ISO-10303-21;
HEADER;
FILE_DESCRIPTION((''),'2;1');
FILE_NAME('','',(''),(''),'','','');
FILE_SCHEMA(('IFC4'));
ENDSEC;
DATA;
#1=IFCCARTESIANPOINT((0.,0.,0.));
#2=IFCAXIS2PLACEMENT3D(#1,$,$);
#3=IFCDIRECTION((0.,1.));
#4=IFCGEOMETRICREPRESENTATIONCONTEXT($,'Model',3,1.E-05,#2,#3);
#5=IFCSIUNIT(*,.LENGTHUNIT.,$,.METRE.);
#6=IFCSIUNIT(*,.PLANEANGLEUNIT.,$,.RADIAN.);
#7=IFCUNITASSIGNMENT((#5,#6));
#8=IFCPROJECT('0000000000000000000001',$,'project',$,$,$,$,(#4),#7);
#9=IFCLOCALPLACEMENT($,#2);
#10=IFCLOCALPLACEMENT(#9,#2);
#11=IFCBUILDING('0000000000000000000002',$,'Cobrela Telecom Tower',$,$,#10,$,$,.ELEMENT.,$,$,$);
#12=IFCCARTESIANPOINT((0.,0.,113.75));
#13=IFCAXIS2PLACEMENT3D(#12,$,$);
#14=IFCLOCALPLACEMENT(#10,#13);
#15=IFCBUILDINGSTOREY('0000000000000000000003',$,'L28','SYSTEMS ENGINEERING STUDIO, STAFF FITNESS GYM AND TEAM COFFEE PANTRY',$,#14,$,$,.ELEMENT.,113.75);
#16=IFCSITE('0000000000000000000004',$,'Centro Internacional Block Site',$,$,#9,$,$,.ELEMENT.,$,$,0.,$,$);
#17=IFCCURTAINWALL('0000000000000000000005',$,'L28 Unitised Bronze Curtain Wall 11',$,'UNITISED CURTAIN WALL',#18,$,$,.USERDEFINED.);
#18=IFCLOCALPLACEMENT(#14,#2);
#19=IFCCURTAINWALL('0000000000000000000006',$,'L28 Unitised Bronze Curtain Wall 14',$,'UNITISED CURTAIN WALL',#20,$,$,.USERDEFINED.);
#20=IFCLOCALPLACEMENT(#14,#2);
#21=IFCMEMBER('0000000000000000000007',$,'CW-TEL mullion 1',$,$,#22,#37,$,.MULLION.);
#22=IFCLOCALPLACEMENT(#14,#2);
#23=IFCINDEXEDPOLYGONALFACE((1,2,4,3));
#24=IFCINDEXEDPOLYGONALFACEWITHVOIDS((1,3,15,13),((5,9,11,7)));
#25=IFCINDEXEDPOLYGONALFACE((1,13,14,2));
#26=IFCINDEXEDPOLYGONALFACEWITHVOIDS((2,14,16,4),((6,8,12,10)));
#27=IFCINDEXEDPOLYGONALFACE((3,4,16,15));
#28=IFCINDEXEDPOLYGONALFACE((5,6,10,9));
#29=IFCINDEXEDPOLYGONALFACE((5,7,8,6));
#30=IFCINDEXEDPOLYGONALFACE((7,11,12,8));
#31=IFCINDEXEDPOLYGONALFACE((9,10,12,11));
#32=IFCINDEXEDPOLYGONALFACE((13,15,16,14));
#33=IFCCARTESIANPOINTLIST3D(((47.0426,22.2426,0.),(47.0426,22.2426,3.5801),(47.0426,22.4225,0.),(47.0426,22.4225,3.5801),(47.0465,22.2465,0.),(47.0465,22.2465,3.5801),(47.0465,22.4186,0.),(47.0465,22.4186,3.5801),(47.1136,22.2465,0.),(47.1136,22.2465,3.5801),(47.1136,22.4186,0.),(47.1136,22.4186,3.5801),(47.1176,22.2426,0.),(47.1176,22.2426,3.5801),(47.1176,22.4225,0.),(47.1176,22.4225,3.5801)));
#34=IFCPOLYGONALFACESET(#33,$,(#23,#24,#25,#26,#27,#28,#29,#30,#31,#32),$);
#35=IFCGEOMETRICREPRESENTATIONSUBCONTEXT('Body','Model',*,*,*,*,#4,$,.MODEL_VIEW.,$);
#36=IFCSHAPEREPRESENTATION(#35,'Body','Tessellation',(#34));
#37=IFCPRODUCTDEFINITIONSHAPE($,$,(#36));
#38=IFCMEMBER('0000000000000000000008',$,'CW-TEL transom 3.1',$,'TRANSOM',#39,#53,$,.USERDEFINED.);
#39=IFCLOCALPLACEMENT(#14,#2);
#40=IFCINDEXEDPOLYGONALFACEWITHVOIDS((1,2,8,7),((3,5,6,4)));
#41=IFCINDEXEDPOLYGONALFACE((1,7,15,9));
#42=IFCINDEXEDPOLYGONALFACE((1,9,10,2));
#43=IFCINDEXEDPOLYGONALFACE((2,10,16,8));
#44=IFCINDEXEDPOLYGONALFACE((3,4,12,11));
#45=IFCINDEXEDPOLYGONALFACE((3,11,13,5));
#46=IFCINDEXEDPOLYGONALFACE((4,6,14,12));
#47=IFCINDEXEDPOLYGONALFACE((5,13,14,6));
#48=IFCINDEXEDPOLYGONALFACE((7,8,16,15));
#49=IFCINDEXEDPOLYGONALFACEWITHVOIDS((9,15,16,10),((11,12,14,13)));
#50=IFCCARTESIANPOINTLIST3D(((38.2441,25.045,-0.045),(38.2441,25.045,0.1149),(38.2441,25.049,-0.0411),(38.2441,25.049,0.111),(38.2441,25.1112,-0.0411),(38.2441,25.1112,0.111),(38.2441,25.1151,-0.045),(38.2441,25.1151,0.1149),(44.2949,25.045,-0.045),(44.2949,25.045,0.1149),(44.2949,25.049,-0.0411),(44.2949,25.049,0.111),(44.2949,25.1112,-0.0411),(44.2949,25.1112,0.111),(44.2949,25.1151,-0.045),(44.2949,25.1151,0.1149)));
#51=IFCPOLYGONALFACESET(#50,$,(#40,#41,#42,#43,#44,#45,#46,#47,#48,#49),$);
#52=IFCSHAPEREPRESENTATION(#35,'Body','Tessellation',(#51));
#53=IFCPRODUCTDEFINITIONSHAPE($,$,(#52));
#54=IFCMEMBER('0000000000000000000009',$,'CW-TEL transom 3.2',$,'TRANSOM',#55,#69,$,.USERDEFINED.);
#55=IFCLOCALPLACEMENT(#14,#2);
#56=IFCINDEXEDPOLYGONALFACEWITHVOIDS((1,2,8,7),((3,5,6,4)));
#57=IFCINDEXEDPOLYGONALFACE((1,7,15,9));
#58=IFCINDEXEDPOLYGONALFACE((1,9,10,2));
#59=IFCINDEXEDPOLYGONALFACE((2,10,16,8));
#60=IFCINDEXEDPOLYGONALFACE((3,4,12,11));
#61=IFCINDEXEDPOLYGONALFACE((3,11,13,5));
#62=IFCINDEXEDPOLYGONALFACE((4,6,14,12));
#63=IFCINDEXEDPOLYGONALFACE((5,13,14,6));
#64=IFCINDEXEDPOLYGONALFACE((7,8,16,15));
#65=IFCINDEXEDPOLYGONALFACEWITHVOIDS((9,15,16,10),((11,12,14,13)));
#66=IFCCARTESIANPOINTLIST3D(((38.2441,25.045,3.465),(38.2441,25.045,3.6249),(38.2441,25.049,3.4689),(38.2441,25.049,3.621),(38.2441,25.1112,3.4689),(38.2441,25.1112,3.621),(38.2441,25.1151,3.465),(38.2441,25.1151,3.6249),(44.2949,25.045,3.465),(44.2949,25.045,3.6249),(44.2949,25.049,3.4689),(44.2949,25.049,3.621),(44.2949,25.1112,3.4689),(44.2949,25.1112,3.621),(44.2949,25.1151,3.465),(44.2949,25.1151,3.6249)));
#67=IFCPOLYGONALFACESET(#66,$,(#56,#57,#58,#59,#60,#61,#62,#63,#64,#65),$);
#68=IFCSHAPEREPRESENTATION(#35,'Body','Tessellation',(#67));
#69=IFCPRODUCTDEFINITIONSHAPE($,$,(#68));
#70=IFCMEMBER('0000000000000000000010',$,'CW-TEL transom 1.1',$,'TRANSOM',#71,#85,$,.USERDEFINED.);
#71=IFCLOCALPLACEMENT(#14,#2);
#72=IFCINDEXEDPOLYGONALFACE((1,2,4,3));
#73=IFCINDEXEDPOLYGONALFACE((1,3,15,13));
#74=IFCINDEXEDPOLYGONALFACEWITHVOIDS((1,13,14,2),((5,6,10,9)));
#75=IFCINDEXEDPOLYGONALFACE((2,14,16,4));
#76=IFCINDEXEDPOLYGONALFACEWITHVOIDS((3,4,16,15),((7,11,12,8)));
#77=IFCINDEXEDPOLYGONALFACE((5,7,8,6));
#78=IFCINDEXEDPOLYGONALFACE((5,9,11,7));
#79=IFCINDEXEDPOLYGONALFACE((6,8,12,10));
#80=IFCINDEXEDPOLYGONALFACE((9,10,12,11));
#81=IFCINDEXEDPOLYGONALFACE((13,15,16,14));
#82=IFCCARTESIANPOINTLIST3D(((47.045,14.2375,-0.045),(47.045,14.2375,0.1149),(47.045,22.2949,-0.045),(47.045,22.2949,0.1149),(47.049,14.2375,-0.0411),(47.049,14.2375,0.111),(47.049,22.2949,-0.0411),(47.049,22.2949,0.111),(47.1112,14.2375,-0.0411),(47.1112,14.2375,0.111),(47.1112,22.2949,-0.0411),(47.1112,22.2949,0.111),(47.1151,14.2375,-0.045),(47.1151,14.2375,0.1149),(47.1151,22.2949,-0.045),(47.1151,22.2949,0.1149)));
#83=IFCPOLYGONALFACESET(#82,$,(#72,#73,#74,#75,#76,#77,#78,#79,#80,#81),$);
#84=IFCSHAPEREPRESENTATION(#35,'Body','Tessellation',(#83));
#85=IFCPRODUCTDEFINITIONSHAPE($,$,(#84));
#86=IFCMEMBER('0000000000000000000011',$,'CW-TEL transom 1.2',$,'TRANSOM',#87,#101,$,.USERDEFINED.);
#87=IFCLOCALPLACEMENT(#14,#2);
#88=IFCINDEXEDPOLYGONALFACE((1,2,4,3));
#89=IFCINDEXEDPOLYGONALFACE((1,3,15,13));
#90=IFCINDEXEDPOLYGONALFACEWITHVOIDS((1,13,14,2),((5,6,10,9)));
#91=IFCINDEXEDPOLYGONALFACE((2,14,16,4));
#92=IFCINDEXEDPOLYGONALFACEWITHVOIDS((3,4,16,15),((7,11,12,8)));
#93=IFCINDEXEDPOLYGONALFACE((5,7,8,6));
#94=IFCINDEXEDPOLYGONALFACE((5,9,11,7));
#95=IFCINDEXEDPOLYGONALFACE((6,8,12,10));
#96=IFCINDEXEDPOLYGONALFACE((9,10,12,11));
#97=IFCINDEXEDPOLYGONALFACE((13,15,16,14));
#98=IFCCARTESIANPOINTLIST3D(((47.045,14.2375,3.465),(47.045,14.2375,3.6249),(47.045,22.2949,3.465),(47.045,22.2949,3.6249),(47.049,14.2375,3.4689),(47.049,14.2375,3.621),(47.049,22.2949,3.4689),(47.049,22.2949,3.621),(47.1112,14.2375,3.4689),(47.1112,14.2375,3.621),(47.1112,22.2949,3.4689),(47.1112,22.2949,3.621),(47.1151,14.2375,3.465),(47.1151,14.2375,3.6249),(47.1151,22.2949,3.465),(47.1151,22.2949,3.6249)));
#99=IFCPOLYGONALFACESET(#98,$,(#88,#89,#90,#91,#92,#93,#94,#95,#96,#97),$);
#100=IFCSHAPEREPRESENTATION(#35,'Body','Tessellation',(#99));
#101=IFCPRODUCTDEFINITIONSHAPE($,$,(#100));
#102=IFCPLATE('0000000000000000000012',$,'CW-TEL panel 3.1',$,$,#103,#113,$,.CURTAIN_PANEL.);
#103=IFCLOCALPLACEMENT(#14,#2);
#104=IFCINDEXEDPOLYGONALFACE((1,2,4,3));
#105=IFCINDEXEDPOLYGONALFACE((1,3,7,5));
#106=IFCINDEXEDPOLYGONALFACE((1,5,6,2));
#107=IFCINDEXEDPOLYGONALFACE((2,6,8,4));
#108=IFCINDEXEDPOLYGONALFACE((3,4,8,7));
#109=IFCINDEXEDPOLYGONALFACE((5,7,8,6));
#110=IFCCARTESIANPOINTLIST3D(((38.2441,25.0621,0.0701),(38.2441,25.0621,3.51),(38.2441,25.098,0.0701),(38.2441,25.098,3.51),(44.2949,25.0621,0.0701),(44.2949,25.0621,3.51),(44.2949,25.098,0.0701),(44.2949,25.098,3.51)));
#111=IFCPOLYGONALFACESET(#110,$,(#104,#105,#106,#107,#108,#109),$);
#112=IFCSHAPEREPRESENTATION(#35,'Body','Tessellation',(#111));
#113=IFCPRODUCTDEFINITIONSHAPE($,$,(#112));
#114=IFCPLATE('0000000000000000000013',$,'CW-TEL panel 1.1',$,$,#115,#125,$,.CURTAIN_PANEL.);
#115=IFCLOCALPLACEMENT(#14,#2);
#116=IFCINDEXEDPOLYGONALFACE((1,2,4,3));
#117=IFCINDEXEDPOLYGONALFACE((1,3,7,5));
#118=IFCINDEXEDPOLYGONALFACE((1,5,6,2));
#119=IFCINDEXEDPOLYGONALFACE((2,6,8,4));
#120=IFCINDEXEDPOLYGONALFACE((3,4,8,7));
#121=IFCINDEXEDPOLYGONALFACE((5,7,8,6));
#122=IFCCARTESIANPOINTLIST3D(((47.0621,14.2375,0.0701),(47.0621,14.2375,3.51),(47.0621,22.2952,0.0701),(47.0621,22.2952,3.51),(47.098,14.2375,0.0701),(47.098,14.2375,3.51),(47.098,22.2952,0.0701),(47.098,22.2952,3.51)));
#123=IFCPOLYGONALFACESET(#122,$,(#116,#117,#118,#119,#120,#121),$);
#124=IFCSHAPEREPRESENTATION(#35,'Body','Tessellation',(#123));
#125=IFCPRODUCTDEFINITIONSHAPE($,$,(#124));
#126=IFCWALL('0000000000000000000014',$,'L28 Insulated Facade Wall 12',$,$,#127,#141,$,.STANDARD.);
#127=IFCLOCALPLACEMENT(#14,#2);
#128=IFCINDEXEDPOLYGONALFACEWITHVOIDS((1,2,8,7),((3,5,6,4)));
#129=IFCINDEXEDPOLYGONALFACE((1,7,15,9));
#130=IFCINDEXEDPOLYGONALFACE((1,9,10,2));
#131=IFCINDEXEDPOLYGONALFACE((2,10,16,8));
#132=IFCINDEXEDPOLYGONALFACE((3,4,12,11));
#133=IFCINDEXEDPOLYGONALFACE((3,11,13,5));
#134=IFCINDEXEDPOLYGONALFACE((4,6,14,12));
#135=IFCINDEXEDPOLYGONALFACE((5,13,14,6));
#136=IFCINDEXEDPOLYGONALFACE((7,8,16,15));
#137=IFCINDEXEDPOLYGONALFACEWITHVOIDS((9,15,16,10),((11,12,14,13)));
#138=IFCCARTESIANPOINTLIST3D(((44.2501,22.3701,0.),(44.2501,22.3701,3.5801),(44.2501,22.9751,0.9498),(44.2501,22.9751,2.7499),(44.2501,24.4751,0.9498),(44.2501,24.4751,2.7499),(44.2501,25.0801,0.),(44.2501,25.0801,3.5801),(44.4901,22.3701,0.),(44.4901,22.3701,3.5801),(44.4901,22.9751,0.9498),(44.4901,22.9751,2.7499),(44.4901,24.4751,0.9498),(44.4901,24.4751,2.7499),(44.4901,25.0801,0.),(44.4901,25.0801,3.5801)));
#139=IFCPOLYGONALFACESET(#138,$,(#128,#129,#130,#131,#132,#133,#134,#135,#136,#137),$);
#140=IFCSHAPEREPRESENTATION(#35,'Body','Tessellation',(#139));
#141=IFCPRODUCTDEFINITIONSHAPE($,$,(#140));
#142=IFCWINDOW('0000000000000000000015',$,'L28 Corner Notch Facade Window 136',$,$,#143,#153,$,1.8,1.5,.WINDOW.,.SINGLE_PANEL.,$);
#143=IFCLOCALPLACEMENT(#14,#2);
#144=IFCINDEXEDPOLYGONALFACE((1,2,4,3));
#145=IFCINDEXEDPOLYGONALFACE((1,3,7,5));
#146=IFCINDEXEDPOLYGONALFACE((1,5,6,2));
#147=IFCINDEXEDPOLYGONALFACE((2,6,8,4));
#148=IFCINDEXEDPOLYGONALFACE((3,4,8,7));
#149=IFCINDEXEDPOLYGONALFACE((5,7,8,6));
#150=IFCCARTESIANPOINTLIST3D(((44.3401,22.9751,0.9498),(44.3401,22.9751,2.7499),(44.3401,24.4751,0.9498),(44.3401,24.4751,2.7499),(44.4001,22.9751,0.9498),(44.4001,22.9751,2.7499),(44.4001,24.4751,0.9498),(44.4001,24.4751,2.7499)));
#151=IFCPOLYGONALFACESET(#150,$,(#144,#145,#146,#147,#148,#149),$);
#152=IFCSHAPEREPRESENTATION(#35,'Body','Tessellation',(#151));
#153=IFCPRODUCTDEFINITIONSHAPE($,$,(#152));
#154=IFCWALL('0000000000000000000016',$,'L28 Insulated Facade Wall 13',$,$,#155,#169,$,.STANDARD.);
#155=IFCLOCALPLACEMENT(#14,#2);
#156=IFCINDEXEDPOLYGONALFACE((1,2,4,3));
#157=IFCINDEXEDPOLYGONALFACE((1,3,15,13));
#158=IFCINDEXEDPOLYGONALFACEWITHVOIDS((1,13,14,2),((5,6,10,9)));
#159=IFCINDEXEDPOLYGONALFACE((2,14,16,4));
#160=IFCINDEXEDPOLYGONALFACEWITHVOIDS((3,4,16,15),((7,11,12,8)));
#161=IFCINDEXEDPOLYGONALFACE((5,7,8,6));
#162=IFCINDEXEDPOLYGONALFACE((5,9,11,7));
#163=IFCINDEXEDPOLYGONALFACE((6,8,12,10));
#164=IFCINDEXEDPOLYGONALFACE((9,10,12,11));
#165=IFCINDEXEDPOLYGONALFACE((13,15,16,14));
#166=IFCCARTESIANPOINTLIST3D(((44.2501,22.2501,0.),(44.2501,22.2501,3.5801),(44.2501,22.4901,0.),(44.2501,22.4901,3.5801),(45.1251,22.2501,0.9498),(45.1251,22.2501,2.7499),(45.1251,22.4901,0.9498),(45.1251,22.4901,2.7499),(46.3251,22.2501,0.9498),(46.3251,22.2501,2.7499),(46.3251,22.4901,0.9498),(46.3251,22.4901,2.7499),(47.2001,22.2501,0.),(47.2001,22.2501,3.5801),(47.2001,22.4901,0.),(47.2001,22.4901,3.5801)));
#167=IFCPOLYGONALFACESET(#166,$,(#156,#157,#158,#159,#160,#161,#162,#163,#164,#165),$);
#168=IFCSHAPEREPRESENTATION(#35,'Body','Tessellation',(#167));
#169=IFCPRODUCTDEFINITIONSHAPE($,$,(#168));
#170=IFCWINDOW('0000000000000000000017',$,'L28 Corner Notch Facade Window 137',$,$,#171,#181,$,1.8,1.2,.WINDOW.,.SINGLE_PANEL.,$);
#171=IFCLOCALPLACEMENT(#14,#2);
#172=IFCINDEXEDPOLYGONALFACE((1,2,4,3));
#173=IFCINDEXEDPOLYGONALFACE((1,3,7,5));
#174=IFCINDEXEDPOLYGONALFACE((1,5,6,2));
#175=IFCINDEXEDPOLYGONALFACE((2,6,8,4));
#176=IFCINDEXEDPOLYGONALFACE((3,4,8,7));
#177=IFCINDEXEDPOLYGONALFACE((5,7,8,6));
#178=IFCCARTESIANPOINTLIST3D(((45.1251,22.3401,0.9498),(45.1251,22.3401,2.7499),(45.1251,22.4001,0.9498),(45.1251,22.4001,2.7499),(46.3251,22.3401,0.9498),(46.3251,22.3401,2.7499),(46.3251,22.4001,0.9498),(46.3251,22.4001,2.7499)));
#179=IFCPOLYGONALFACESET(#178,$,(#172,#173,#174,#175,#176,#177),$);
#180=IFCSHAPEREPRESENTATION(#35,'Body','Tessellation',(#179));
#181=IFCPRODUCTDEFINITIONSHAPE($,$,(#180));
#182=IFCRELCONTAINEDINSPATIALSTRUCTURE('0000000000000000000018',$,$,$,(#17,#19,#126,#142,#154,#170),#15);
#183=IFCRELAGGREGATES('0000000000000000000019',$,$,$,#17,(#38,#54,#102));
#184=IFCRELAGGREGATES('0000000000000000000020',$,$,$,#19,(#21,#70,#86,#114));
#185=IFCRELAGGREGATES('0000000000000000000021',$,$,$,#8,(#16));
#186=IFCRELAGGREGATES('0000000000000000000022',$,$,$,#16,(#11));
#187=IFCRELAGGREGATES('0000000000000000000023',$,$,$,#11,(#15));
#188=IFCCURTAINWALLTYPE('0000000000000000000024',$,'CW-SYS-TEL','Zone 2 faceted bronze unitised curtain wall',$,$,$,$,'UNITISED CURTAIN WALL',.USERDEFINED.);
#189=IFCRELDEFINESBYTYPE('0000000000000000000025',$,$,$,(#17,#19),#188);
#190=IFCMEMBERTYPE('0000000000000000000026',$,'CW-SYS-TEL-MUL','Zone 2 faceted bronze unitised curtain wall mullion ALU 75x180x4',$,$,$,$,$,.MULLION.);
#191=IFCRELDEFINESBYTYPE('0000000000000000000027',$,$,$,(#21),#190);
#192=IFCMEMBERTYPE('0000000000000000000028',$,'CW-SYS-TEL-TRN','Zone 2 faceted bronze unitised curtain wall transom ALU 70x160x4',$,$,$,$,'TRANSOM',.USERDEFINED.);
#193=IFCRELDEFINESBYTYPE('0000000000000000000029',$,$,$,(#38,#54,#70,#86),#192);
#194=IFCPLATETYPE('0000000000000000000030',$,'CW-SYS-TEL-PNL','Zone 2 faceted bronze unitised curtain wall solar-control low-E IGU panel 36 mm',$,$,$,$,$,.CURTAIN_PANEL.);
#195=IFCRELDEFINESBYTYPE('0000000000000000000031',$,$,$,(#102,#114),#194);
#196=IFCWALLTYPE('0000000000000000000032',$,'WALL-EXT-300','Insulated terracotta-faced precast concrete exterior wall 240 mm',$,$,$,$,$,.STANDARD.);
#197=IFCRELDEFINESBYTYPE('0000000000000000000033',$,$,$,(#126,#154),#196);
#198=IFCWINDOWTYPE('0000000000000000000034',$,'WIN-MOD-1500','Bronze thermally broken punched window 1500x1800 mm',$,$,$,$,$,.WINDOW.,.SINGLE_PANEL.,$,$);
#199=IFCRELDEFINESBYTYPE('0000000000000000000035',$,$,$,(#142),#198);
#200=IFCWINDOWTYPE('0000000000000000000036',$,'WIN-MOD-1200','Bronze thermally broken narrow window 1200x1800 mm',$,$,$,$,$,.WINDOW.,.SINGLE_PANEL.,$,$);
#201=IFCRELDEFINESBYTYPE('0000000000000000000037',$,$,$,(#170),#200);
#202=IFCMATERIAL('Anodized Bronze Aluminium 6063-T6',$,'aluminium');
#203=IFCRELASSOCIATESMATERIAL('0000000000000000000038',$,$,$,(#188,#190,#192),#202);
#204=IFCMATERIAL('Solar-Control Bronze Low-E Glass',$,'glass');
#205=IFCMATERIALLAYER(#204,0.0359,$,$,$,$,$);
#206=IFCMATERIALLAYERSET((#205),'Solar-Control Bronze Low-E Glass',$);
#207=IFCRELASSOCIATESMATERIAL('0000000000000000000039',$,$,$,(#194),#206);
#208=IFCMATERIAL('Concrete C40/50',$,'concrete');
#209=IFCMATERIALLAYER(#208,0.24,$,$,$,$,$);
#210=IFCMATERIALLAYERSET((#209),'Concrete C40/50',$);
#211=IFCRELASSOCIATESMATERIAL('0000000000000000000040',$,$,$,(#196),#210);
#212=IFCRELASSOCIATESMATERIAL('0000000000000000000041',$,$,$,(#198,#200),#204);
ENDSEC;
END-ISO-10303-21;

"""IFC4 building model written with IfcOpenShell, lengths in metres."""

from ifc_helpers import new_model, si_unit, direction, frame, frame_2d, origin, origin_2d, place, context, subcontext, project, spatial, rectangle, hollow_rectangle, extrude, material, layer, layer_set, material_profile, profile_set, type_object, element, fill, aggregate, save


model = new_model("IFC4")

# Units and contexts
model_context = context("Model", 3, precision=1e-05, world=origin(), true_north=direction((0.0, 1.0)))
body_context = subcontext(model_context, "Body", "Model", "MODEL_VIEW")
ifc_project = project(units=[si_unit("LENGTHUNIT", "METRE"), si_unit("PLANEANGLEUNIT", "RADIAN")], contexts=[model_context])

# Site, building, storey
site_placement = place(None, origin())
site = spatial("IfcSite", under=ifc_project, at=site_placement, Name="Centro Internacional Block Site", CompositionType="ELEMENT", RefElevation=0.0)
building_placement = place(site_placement, origin())
building = spatial("IfcBuilding", under=site, at=building_placement, Name="Cobrela Telecom Tower", CompositionType="ELEMENT")
storey_placement = place(building_placement, frame((0.0, 0.0, 113.75)))
storey = spatial("IfcBuildingStorey", under=building, at=storey_placement, Name="L28", Description="SYSTEMS ENGINEERING STUDIO, STAFF FITNESS GYM AND TEAM COFFEE PANTRY", CompositionType="ELEMENT", Elevation=113.75)

# Curtain wall
ifc_material_1 = material(Name="Anodized Bronze Aluminium 6063-T6", Category="aluminium")
curtain_wall_type = type_object("IfcCurtainWallType", Name="CW-SYS-TEL", Description="Zone 2 faceted bronze unitised curtain wall", ElementType="UNITISED CURTAIN WALL", PredefinedType="USERDEFINED", material=ifc_material_1)
curtain_wall_1_placement = place(storey_placement, origin())
curtain_wall_1 = element("IfcCurtainWall", 1, at=curtain_wall_1_placement, inside=storey, type_object=curtain_wall_type, Name="L28 Unitised Bronze Curtain Wall 11", ObjectType="UNITISED CURTAIN WALL", PredefinedType="USERDEFINED")
ifc_material_profile_1 = material_profile(ifc_material_1, hollow_rectangle(XDim=0.075, YDim=0.1799, WallThickness=0.0039, at=origin_2d()), Name="ALU 75x180x4")
ifc_profile_set_1 = profile_set([ifc_material_profile_1], Name="Anodized Bronze Aluminium 6063-T6")
member_type_1 = type_object("IfcMemberType", Name="CW-SYS-TEL-MUL", Description="Zone 2 faceted bronze unitised curtain wall mullion ALU 75x180x4", PredefinedType="MULLION", material=ifc_profile_set_1)

# Curtain wall, member
curtain_wall_2_placement = place(storey_placement, origin())
curtain_wall_2 = element("IfcCurtainWall", 2, at=curtain_wall_2_placement, inside=storey, type_object=curtain_wall_type, Name="L28 Unitised Bronze Curtain Wall 14", ObjectType="UNITISED CURTAIN WALL", PredefinedType="USERDEFINED")
member_1_placement = place(storey_placement, frame((47.0801, 22.3325, 0.0), z_axis=(0.0, 0.0, 1.0), x_axis=(1.0, 0.0, 0.0)))
member_1 = element("IfcMember", 3, at=member_1_placement, type_object=member_type_1, Name="CW-TEL mullion 1", PredefinedType="MULLION", context=body_context, shape_type="SweptSolid", body=[
    extrude(hollow_rectangle(XDim=0.075, YDim=0.1799, WallThickness=0.0039, at=origin_2d()), origin(), (0.0, 0.0, 1.0), 3.5801),
])

# Members
ifc_material_profile_2 = material_profile(ifc_material_1, hollow_rectangle(XDim=0.0701, YDim=0.1599, WallThickness=0.0039, at=origin_2d()), Name="ALU 70x160x4")
ifc_profile_set_2 = profile_set([ifc_material_profile_2], Name="Anodized Bronze Aluminium 6063-T6")
member_type_2 = type_object("IfcMemberType", Name="CW-SYS-TEL-TRN", Description="Zone 2 faceted bronze unitised curtain wall transom ALU 70x160x4", ElementType="TRANSOM", PredefinedType="USERDEFINED", material=ifc_profile_set_2)
member_2_placement = place(storey_placement, frame((38.2441, 25.0801, 0.0349), z_axis=(1.0, 0.0, 0.0), x_axis=(0.0, 1.0, 0.0)))
member_2 = element("IfcMember", 4, at=member_2_placement, type_object=member_type_2, Name="CW-TEL transom 3.1", ObjectType="TRANSOM", PredefinedType="USERDEFINED", context=body_context, shape_type="SweptSolid", body=[
    extrude(hollow_rectangle(XDim=0.0701, YDim=0.1599, WallThickness=0.0039, at=origin_2d()), origin(), (0.0, 0.0, 1.0), 6.0508),
])
member_3_placement = place(storey_placement, frame((38.2441, 25.0801, 3.5449), z_axis=(1.0, 0.0, 0.0), x_axis=(0.0, 1.0, 0.0)))
member_3 = element("IfcMember", 5, at=member_3_placement, type_object=member_type_2, Name="CW-TEL transom 3.2", ObjectType="TRANSOM", PredefinedType="USERDEFINED", context=body_context, shape_type="SweptSolid", body=[
    extrude(hollow_rectangle(XDim=0.0701, YDim=0.1599, WallThickness=0.0039, at=origin_2d()), origin(), (0.0, 0.0, 1.0), 6.0508),
])
member_4_placement = place(storey_placement, frame((47.0801, 22.2949, 0.0349), z_axis=(0.0, -1.0, 0.0), x_axis=(1.0, 0.0, 0.0)))
member_4 = element("IfcMember", 6, at=member_4_placement, type_object=member_type_2, Name="CW-TEL transom 1.1", ObjectType="TRANSOM", PredefinedType="USERDEFINED", context=body_context, shape_type="SweptSolid", body=[
    extrude(hollow_rectangle(XDim=0.0701, YDim=0.1599, WallThickness=0.0039, at=origin_2d()), origin(), (0.0, 0.0, 1.0), 8.0574),
])
member_5_placement = place(storey_placement, frame((47.0801, 22.2949, 3.5449), z_axis=(0.0, -1.0, 0.0), x_axis=(1.0, 0.0, 0.0)))
member_5 = element("IfcMember", 7, at=member_5_placement, type_object=member_type_2, Name="CW-TEL transom 1.2", ObjectType="TRANSOM", PredefinedType="USERDEFINED", context=body_context, shape_type="SweptSolid", body=[
    extrude(hollow_rectangle(XDim=0.0701, YDim=0.1599, WallThickness=0.0039, at=origin_2d()), origin(), (0.0, 0.0, 1.0), 8.0574),
])

# Plates
ifc_material_2 = material(Name="Solar-Control Bronze Low-E Glass", Category="glass")
ifc_layer_1 = layer(ifc_material_2, 0.0359)
ifc_layer_set_1 = layer_set([ifc_layer_1], Name="Solar-Control Bronze Low-E Glass")
plate_type = type_object("IfcPlateType", Name="CW-SYS-TEL-PNL", Description="Zone 2 faceted bronze unitised curtain wall solar-control low-E IGU panel 36 mm", PredefinedType="CURTAIN_PANEL", material=ifc_layer_set_1)
plate_1_placement = place(storey_placement, frame((41.2695, 25.0801, 0.0701), z_axis=(0.0, 0.0, 1.0), x_axis=(1.0, 0.0, 0.0)))
plate_1 = element("IfcPlate", 8, at=plate_1_placement, type_object=plate_type, Name="CW-TEL panel 3.1", PredefinedType="CURTAIN_PANEL", context=body_context, shape_type="SweptSolid", body=[
    extrude(rectangle(XDim=6.0508, YDim=0.0359, at=origin_2d()), origin(), (0.0, 0.0, 1.0), 3.4399),
])
aggregate(curtain_wall_1, [member_2, member_3, plate_1])
plate_2_placement = place(storey_placement, frame((47.0801, 18.2664, 0.0701), z_axis=(0.0, 0.0, 1.0), x_axis=(0.0, -1.0, 0.0)))
plate_2 = element("IfcPlate", 9, at=plate_2_placement, type_object=plate_type, Name="CW-TEL panel 1.1", PredefinedType="CURTAIN_PANEL", context=body_context, shape_type="SweptSolid", body=[
    extrude(rectangle(XDim=8.0576, YDim=0.0359, at=origin_2d()), origin(), (0.0, 0.0, 1.0), 3.4399),
])
aggregate(curtain_wall_2, [member_1, member_4, member_5, plate_2])

# Walls, openings, windows
ifc_material_3 = material(Name="Concrete C40/50", Category="concrete")
ifc_layer_2 = layer(ifc_material_3, 0.24)
ifc_layer_set_2 = layer_set([ifc_layer_2], Name="Concrete C40/50")
wall_type = type_object("IfcWallType", Name="WALL-EXT-300", Description="Insulated terracotta-faced precast concrete exterior wall 240 mm", PredefinedType="STANDARD", material=ifc_layer_set_2)
wall_1_placement = place(storey_placement, frame((44.3701, 25.0801, 0.0), z_axis=(0.0, 0.0, 1.0), x_axis=(0.0, -1.0, 0.0)))
wall_1 = element("IfcWall", 10, at=wall_1_placement, inside=storey, type_object=wall_type, Name="L28 Insulated Facade Wall 12", PredefinedType="STANDARD", context=body_context, shape_type="SweptSolid", body=[
    extrude(rectangle(XDim=2.71, YDim=0.24, at=frame_2d((1.355, 0.0))), origin(), (0.0, 0.0, 1.0), 3.5801),
])
opening_1_placement = place(wall_1_placement, frame((0.605, 0.0, 0.95)))
opening_1 = element("IfcOpeningElement", 11, at=opening_1_placement, cuts=wall_1, PredefinedType="OPENING", context=body_context, shape_type="SweptSolid", body=[
    extrude(rectangle(XDim=1.5, YDim=1.8, at=frame_2d((0.75, 0.8999))), frame((0.0, 0.1318, 0.0), z_axis=(0.0, -1.0, 0.0), x_axis=(1.0, 0.0, 0.0)), (0.0, 0.0, 1.0), 0.2639),
])
window_type_1 = type_object("IfcWindowType", Name="WIN-MOD-1500", Description="Bronze thermally broken punched window 1500x1800 mm", PartitioningType="SINGLE_PANEL", PredefinedType="WINDOW", material=ifc_material_2)
window_1_placement = place(opening_1_placement, origin())
window_1 = element("IfcWindow", 12, at=window_1_placement, inside=storey, type_object=window_type_1, Name="L28 Corner Notch Facade Window 136", OverallHeight=1.8, OverallWidth=1.5, PartitioningType="SINGLE_PANEL", PredefinedType="WINDOW", context=body_context, shape_type="SweptSolid", body=[
    extrude(rectangle(XDim=1.5, YDim=1.8, at=frame_2d((0.75, 0.8999))), frame((0.0, 0.03, 0.0), z_axis=(0.0, -1.0, 0.0), x_axis=(1.0, 0.0, 0.0)), (0.0, 0.0, 1.0), 0.0601),
])
fill(opening_1, window_1)
wall_2_placement = place(storey_placement, frame((44.25, 22.3701, 0.0), z_axis=(0.0, 0.0, 1.0), x_axis=(1.0, 0.0, 0.0)))
wall_2 = element("IfcWall", 13, at=wall_2_placement, inside=storey, type_object=wall_type, Name="L28 Insulated Facade Wall 13", PredefinedType="STANDARD", context=body_context, shape_type="SweptSolid", body=[
    extrude(rectangle(XDim=2.95, YDim=0.24, at=frame_2d((1.4751, 0.0))), origin(), (0.0, 0.0, 1.0), 3.5801),
])
opening_2_placement = place(wall_2_placement, frame((0.875, 0.0, 0.95)))
opening_2 = element("IfcOpeningElement", 14, at=opening_2_placement, cuts=wall_2, PredefinedType="OPENING", context=body_context, shape_type="SweptSolid", body=[
    extrude(rectangle(XDim=1.2, YDim=1.8, at=frame_2d((0.6001, 0.8999))), frame((0.0, 0.1318, 0.0), z_axis=(0.0, -1.0, 0.0), x_axis=(1.0, 0.0, 0.0)), (0.0, 0.0, 1.0), 0.2639),
])
window_type_2 = type_object("IfcWindowType", Name="WIN-MOD-1200", Description="Bronze thermally broken narrow window 1200x1800 mm", PartitioningType="SINGLE_PANEL", PredefinedType="WINDOW", material=ifc_material_2)
window_2_placement = place(opening_2_placement, origin())
window_2 = element("IfcWindow", 15, at=window_2_placement, inside=storey, type_object=window_type_2, Name="L28 Corner Notch Facade Window 137", OverallHeight=1.8, OverallWidth=1.2, PartitioningType="SINGLE_PANEL", PredefinedType="WINDOW", context=body_context, shape_type="SweptSolid", body=[
    extrude(rectangle(XDim=1.2, YDim=1.8, at=frame_2d((0.6001, 0.8999))), frame((0.0, 0.03, 0.0), z_axis=(0.0, -1.0, 0.0), x_axis=(1.0, 0.0, 0.0)), (0.0, 0.0, 1.0), 0.0601),
])
fill(opening_2, window_2)

save(model, "model.ifc")
